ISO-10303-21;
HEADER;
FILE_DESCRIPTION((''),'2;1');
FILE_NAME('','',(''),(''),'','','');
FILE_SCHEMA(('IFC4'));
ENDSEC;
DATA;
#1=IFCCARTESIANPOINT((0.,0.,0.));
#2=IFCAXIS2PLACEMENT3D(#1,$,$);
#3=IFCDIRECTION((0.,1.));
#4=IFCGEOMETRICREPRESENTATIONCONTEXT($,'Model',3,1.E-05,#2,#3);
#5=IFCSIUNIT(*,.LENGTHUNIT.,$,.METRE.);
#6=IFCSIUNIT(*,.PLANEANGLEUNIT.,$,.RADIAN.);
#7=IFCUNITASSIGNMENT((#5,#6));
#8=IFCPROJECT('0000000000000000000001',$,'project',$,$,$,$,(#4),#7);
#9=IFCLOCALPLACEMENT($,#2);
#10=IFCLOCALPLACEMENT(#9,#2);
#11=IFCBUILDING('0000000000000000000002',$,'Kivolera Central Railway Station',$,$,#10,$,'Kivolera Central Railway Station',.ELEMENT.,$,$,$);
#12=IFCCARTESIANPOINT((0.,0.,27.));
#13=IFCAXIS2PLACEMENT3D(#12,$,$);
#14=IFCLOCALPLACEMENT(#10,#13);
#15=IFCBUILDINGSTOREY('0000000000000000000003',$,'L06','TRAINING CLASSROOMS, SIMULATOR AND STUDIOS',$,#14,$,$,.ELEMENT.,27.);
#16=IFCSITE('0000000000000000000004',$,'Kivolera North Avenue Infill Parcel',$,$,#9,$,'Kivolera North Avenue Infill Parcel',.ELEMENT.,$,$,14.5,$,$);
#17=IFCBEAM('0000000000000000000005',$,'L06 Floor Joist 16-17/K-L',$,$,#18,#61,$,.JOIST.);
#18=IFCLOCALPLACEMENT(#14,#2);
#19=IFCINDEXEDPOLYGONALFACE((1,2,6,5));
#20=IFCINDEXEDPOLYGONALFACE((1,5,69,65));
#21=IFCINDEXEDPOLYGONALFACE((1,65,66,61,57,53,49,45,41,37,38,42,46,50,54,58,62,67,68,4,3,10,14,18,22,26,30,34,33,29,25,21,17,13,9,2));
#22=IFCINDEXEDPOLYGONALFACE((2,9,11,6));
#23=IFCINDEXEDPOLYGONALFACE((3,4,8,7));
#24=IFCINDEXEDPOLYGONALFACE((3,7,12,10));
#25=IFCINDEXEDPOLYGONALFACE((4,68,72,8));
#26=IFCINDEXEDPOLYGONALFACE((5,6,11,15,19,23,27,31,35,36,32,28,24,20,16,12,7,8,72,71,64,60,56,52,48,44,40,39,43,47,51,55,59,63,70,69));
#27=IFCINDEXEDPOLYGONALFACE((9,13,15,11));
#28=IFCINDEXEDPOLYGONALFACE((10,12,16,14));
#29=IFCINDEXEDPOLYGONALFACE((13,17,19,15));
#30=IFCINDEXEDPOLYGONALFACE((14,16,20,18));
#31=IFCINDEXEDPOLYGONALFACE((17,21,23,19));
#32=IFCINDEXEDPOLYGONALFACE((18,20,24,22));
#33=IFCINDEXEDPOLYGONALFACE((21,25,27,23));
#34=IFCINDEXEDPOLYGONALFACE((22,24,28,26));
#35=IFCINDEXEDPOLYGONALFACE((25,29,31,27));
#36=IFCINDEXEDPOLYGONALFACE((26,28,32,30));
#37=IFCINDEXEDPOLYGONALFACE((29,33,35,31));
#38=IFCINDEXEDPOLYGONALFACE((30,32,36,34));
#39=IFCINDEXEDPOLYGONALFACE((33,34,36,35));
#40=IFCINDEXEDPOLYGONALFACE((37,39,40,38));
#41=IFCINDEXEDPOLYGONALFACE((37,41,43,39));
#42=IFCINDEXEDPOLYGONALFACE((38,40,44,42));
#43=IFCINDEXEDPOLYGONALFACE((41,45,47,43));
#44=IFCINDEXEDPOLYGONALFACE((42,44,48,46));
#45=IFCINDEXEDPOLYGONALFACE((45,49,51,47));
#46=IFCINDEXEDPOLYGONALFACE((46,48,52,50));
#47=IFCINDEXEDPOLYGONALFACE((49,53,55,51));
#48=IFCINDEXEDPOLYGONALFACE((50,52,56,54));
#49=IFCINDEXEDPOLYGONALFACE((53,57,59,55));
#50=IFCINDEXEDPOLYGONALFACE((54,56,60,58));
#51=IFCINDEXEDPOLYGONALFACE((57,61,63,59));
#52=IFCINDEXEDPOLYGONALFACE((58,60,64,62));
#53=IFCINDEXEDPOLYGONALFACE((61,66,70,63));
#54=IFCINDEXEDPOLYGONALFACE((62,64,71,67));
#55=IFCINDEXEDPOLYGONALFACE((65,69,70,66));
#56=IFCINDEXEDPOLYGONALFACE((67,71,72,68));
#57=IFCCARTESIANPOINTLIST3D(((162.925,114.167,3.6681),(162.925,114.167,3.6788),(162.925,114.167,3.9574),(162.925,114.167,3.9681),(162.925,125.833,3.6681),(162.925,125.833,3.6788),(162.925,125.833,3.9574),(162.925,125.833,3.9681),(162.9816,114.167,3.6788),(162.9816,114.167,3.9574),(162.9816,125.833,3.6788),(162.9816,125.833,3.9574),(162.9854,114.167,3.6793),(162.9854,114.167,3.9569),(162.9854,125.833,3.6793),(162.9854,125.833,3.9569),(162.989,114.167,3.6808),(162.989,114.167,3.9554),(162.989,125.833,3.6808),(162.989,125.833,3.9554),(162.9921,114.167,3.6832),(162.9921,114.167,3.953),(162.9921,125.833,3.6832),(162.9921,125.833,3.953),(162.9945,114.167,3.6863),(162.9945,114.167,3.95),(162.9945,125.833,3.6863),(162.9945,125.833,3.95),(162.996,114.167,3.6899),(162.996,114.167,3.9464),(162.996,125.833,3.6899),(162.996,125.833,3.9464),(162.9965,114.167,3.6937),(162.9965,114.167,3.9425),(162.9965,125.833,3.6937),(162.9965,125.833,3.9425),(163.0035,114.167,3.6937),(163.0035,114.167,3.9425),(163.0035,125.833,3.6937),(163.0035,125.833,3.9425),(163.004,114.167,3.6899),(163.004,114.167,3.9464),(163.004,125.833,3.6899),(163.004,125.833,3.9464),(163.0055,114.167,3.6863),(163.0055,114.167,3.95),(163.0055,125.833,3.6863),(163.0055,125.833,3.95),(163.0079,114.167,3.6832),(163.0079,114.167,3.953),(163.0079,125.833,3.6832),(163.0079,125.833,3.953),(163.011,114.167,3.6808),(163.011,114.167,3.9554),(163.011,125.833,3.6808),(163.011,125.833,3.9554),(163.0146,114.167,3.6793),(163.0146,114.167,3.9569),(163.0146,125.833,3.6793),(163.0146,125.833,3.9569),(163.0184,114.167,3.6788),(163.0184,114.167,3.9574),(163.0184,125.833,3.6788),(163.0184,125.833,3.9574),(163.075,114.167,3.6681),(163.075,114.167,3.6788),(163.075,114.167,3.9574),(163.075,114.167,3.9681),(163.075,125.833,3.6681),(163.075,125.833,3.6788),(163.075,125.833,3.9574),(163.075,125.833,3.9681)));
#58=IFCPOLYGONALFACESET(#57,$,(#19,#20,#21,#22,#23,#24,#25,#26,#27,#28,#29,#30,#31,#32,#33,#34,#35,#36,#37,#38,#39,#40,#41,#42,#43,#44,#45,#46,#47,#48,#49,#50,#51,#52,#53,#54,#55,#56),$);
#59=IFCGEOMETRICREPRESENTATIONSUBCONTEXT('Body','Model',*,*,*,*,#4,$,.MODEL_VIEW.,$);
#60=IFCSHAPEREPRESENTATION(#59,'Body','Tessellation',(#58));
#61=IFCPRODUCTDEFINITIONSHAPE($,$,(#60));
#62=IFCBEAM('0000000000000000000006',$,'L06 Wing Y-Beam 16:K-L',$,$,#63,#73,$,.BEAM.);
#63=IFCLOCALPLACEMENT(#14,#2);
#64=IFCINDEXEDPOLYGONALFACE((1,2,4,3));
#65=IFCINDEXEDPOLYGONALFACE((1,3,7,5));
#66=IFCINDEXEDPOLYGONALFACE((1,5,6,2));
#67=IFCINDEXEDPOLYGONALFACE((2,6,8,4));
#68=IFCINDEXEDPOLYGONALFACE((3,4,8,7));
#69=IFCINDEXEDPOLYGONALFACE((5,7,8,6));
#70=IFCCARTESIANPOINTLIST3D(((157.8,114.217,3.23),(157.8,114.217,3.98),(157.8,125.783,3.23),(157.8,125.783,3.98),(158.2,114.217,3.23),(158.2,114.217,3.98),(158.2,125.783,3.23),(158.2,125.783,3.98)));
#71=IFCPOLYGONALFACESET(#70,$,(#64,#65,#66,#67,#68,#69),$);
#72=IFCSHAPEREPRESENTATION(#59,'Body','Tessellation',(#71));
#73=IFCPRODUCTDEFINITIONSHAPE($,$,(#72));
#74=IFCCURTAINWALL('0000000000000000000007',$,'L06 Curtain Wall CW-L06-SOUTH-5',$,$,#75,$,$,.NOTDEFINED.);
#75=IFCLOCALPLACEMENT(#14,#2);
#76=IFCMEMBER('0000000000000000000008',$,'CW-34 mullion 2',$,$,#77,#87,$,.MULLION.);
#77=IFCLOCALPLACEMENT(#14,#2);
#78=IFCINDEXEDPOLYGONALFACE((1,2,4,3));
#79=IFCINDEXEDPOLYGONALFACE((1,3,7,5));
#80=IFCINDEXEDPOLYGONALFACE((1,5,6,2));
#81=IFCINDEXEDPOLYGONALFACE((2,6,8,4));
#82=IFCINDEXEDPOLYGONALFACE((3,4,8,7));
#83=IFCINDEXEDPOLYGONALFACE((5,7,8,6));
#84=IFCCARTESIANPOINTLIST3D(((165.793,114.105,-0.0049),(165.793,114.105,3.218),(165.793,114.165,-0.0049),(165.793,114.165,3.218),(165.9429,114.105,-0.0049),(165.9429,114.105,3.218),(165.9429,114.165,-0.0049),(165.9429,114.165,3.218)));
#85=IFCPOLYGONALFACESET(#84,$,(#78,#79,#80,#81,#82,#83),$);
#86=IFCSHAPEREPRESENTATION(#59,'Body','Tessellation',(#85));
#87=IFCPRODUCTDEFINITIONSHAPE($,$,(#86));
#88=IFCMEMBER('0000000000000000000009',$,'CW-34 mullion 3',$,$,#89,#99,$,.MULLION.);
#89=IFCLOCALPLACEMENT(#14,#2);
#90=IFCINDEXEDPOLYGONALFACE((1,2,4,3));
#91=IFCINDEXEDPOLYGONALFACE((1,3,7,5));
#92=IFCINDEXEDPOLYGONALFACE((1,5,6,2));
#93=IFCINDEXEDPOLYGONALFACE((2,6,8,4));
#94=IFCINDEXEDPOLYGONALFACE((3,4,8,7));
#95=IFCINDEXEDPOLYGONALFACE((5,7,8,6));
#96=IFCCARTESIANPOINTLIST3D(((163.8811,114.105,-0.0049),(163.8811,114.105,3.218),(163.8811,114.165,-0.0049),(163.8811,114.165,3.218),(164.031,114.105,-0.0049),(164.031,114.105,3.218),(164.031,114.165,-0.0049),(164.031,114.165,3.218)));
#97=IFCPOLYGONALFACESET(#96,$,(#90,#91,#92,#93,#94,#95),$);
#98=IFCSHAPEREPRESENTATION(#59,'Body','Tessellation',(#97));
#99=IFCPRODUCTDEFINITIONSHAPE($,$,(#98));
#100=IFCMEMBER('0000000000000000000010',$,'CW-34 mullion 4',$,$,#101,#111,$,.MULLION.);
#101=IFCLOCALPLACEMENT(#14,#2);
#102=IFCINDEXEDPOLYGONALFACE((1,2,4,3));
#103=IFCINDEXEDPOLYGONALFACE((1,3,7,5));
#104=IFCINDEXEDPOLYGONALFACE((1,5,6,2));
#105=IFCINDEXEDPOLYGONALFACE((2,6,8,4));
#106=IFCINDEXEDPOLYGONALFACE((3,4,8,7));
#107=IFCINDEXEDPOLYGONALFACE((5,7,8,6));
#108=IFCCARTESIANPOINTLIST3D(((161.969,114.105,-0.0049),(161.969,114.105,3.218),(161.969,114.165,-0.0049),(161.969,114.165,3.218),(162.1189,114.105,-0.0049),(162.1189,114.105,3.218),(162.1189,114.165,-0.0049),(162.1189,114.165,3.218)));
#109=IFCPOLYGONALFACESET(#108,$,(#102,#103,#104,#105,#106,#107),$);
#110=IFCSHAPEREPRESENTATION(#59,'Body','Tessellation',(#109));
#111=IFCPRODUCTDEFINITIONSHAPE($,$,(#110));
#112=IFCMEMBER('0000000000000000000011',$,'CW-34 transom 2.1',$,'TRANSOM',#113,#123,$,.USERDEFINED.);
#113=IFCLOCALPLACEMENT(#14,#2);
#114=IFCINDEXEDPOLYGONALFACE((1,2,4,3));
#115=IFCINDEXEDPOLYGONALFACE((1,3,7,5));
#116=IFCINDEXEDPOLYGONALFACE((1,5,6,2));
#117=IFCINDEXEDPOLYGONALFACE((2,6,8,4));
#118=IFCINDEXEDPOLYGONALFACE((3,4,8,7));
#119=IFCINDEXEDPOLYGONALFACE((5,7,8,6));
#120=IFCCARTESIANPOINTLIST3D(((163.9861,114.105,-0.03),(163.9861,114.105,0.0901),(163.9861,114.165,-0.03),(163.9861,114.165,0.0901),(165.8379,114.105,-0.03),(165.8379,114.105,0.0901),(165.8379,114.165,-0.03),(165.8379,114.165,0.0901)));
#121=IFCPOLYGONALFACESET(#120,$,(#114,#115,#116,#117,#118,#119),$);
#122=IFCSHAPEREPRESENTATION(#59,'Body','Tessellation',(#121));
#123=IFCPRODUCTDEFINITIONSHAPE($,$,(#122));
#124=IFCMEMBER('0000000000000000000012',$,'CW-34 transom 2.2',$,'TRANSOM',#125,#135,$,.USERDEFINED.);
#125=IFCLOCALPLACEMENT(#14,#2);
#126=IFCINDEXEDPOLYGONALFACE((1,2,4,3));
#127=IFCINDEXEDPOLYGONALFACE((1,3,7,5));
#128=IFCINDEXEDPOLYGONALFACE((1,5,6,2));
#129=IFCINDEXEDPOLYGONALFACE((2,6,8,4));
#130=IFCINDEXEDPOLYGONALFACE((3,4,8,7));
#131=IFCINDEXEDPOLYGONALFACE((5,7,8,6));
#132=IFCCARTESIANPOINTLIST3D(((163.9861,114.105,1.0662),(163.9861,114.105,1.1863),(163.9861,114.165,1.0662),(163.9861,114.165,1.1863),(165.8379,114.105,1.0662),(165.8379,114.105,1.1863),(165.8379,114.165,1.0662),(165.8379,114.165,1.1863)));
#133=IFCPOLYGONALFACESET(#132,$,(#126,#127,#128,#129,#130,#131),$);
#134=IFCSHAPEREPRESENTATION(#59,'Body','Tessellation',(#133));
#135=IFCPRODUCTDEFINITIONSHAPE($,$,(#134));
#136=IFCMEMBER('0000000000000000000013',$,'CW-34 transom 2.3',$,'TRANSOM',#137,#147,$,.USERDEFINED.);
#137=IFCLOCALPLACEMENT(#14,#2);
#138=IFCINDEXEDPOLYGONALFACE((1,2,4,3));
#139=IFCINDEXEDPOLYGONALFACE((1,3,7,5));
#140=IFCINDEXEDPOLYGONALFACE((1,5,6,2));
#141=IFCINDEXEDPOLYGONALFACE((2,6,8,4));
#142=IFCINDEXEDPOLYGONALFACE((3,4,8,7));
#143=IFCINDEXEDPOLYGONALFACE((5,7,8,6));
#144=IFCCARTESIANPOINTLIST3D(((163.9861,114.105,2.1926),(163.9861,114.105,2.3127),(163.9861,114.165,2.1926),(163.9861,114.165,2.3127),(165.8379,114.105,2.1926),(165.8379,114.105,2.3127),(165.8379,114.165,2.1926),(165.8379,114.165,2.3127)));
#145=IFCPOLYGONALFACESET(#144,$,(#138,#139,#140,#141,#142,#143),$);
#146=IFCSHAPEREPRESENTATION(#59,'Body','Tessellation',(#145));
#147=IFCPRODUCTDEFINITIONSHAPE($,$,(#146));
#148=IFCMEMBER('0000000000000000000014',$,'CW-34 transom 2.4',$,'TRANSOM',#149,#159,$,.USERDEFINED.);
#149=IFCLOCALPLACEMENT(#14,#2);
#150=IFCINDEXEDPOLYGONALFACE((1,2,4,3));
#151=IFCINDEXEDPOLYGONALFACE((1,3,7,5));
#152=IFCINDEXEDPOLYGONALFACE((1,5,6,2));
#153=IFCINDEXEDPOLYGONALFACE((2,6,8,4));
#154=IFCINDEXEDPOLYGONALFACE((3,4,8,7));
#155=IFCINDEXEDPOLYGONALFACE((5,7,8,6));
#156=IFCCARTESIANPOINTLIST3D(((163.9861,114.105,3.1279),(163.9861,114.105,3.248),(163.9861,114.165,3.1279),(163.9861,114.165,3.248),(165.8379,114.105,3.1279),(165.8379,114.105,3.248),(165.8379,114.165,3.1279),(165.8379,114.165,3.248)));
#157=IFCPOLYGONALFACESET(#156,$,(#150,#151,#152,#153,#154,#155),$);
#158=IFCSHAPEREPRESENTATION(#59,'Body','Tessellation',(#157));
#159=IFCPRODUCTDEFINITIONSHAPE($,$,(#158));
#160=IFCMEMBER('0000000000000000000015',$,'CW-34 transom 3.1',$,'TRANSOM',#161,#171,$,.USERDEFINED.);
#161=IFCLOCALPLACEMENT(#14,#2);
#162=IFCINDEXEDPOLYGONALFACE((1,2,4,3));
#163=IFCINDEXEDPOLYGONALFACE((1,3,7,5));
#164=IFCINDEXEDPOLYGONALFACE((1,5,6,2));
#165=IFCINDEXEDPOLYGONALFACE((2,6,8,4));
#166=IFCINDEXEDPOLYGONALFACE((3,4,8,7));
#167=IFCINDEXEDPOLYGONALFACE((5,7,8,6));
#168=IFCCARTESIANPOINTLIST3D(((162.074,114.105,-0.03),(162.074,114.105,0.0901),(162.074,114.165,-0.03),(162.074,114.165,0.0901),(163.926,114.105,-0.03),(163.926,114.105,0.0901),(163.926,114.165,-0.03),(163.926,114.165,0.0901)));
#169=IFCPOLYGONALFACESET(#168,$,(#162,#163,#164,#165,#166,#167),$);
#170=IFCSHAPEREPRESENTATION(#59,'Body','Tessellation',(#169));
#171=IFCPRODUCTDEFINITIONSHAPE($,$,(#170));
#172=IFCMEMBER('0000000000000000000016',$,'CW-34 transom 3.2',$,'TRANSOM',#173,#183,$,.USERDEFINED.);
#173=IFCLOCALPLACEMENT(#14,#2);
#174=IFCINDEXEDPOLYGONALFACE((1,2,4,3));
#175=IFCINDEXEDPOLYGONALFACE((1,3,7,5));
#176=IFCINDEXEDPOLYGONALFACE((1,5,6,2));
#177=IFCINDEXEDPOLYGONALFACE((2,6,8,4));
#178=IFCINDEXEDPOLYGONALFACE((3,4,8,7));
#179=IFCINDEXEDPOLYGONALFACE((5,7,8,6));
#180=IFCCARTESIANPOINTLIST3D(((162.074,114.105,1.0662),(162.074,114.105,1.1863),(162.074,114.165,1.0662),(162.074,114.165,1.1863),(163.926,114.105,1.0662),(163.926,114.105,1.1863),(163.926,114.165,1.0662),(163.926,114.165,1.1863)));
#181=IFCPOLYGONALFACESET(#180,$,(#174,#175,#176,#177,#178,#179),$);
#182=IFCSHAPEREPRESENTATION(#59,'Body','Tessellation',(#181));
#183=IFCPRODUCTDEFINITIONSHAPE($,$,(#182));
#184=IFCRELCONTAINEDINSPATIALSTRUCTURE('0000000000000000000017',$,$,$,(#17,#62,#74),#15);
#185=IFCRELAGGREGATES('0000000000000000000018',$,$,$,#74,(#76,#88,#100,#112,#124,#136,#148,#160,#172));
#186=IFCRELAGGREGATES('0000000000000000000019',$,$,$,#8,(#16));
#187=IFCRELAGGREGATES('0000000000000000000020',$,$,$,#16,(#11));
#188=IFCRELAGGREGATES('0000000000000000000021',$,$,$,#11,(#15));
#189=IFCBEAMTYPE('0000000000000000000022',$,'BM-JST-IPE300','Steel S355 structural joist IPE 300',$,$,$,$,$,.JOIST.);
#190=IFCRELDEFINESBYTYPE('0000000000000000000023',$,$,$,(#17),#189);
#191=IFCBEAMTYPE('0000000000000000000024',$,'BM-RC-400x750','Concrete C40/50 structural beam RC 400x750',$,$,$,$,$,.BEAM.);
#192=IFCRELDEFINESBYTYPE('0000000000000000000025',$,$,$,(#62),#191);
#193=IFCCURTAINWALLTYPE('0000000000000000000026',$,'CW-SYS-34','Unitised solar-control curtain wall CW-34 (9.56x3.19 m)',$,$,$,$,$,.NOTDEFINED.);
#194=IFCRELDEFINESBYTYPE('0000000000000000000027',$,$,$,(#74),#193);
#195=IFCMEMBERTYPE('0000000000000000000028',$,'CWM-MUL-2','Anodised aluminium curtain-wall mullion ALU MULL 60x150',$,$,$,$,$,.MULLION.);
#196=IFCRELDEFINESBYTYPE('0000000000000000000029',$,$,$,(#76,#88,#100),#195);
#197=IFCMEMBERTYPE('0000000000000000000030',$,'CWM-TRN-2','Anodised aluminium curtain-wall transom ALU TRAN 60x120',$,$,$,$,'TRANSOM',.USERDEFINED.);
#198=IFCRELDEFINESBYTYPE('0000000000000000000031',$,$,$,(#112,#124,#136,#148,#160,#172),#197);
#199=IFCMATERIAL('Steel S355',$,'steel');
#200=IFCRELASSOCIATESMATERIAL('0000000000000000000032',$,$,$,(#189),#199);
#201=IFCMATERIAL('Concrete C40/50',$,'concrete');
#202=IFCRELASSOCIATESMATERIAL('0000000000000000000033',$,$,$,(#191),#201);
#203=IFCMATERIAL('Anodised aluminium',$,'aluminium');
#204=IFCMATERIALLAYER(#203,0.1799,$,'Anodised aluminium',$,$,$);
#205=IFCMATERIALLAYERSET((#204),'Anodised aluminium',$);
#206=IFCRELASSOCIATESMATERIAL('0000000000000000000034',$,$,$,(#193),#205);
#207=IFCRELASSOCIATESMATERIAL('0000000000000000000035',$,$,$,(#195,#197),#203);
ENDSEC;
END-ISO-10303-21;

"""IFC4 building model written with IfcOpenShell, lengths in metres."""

from ifc_helpers import new_model, si_unit, direction, frame, origin, origin_2d, place, context, subcontext, project, spatial, rectangle, i_section, extrude, material, layer, layer_set, material_profile, profile_set, type_object, element, aggregate, save


model = new_model("IFC4")

# Units and contexts
model_context = context("Model", 3, precision=1e-05, world=origin(), true_north=direction((0.0, 1.0)))
body_context = subcontext(model_context, "Body", "Model", "MODEL_VIEW")
ifc_project = project(units=[si_unit("LENGTHUNIT", "METRE"), si_unit("PLANEANGLEUNIT", "RADIAN")], contexts=[model_context])

# Site, building, storey
site_placement = place(None, origin())
site = spatial("IfcSite", under=ifc_project, at=site_placement, Name="Kivolera North Avenue Infill Parcel", LongName="Kivolera North Avenue Infill Parcel", CompositionType="ELEMENT", RefElevation=14.5)
building_placement = place(site_placement, origin())
building = spatial("IfcBuilding", under=site, at=building_placement, Name="Kivolera Central Railway Station", LongName="Kivolera Central Railway Station", CompositionType="ELEMENT")
storey_placement = place(building_placement, frame((0.0, 0.0, 27.0)))
storey = spatial("IfcBuildingStorey", under=building, at=storey_placement, Name="L06", Description="TRAINING CLASSROOMS, SIMULATOR AND STUDIOS", CompositionType="ELEMENT", Elevation=27.0)

# Beams
ifc_material_1 = material(Name="Steel S355", Category="steel")
ifc_material_profile_1 = material_profile(ifc_material_1, i_section(OverallWidth=0.1499, OverallDepth=0.3, WebThickness=0.0071, FlangeThickness=0.0107, FilletRadius=0.0149, at=origin_2d()), Name="IPE 300")
ifc_profile_set_1 = profile_set([ifc_material_profile_1], Name="Steel S355")
beam_type_1 = type_object("IfcBeamType", Name="BM-JST-IPE300", Description="Steel S355 structural joist IPE 300", PredefinedType="JOIST", material=ifc_profile_set_1)
beam_1_placement = place(storey_placement, frame((163.0, 114.167, 3.8181), z_axis=(0.0, 1.0, 0.0), x_axis=(-1.0, 0.0, 0.0)))
element("IfcBeam", 1, at=beam_1_placement, inside=storey, type_object=beam_type_1, Name="L06 Floor Joist 16-17/K-L", PredefinedType="JOIST", context=body_context, shape_type="SweptSolid", body=[
    extrude(i_section(OverallWidth=0.1499, OverallDepth=0.3, WebThickness=0.0071, FlangeThickness=0.0107, FilletRadius=0.0149, at=origin_2d()), origin(), (0.0, 0.0, 1.0), 11.666),
])
ifc_material_2 = material(Name="Concrete C40/50", Category="concrete")
ifc_material_profile_2 = material_profile(ifc_material_2, rectangle(XDim=0.3999, YDim=0.75, at=origin_2d()), Name="RC 400x750")
ifc_profile_set_2 = profile_set([ifc_material_profile_2], Name="Concrete C40/50")
beam_type_2 = type_object("IfcBeamType", Name="BM-RC-400x750", Description="Concrete C40/50 structural beam RC 400x750", PredefinedType="BEAM", material=ifc_profile_set_2)
beam_2_placement = place(storey_placement, frame((158.0, 114.217, 3.605), z_axis=(0.0, 1.0, 0.0), x_axis=(-1.0, 0.0, 0.0)))
element("IfcBeam", 2, at=beam_2_placement, inside=storey, type_object=beam_type_2, Name="L06 Wing Y-Beam 16:K-L", PredefinedType="BEAM", context=body_context, shape_type="SweptSolid", body=[
    extrude(rectangle(XDim=0.3999, YDim=0.75, at=origin_2d()), origin(), (0.0, 0.0, 1.0), 11.5659),
])

# Curtain wall, members
ifc_material_3 = material(Name="Anodised aluminium", Category="aluminium")
ifc_layer_1 = layer(ifc_material_3, 0.1799, Name="Anodised aluminium")
ifc_layer_set_1 = layer_set([ifc_layer_1], Name="Anodised aluminium")
curtain_wall_type = type_object("IfcCurtainWallType", Name="CW-SYS-34", Description="Unitised solar-control curtain wall CW-34 (9.56x3.19 m)", PredefinedType="NOTDEFINED", material=ifc_layer_set_1)
curtain_wall_placement = place(storey_placement, origin())
curtain_wall = element("IfcCurtainWall", 3, at=curtain_wall_placement, inside=storey, type_object=curtain_wall_type, Name="L06 Curtain Wall CW-L06-SOUTH-5", PredefinedType="NOTDEFINED")
ifc_material_profile_3 = material_profile(ifc_material_3, rectangle(XDim=0.0601, YDim=0.1499, at=origin_2d()), Name="ALU MULL 60x150")
ifc_profile_set_3 = profile_set([ifc_material_profile_3], Name="Anodised aluminium")
member_type_1 = type_object("IfcMemberType", Name="CWM-MUL-2", Description="Anodised aluminium curtain-wall mullion ALU MULL 60x150", PredefinedType="MULLION", material=ifc_profile_set_3)
member_1_placement = place(storey_placement, frame((165.8679, 114.135, -0.0049), z_axis=(0.0, 0.0, 1.0), x_axis=(0.0, -1.0, 0.0)))
member_1 = element("IfcMember", 4, at=member_1_placement, type_object=member_type_1, Name="CW-34 mullion 2", PredefinedType="MULLION", context=body_context, shape_type="SweptSolid", body=[
    extrude(rectangle(XDim=0.0601, YDim=0.1499, at=origin_2d()), origin(), (0.0, 0.0, 1.0), 3.2229),
])
member_2_placement = place(storey_placement, frame((163.9561, 114.135, -0.0049), z_axis=(0.0, 0.0, 1.0), x_axis=(0.0, -1.0, 0.0)))
member_2 = element("IfcMember", 5, at=member_2_placement, type_object=member_type_1, Name="CW-34 mullion 3", PredefinedType="MULLION", context=body_context, shape_type="SweptSolid", body=[
    extrude(rectangle(XDim=0.0601, YDim=0.1499, at=origin_2d()), origin(), (0.0, 0.0, 1.0), 3.2229),
])
member_3_placement = place(storey_placement, frame((162.0439, 114.135, -0.0049), z_axis=(0.0, 0.0, 1.0), x_axis=(0.0, -1.0, 0.0)))
member_3 = element("IfcMember", 6, at=member_3_placement, type_object=member_type_1, Name="CW-34 mullion 4", PredefinedType="MULLION", context=body_context, shape_type="SweptSolid", body=[
    extrude(rectangle(XDim=0.0601, YDim=0.1499, at=origin_2d()), origin(), (0.0, 0.0, 1.0), 3.2229),
])
ifc_material_profile_4 = material_profile(ifc_material_3, rectangle(XDim=0.0601, YDim=0.1201, at=origin_2d()), Name="ALU TRAN 60x120")
ifc_profile_set_4 = profile_set([ifc_material_profile_4], Name="Anodised aluminium")
member_type_2 = type_object("IfcMemberType", Name="CWM-TRN-2", Description="Anodised aluminium curtain-wall transom ALU TRAN 60x120", ElementType="TRANSOM", PredefinedType="USERDEFINED", material=ifc_profile_set_4)
member_4_placement = place(storey_placement, frame((165.8379, 114.135, 0.03), z_axis=(-1.0, 0.0, 0.0), x_axis=(0.0, -1.0, 0.0)))
member_4 = element("IfcMember", 7, at=member_4_placement, type_object=member_type_2, Name="CW-34 transom 2.1", ObjectType="TRANSOM", PredefinedType="USERDEFINED", context=body_context, shape_type="SweptSolid", body=[
    extrude(rectangle(XDim=0.0601, YDim=0.1201, at=origin_2d()), origin(), (0.0, 0.0, 1.0), 1.8518),
])
member_5_placement = place(storey_placement, frame((165.8379, 114.135, 1.1262), z_axis=(-1.0, 0.0, 0.0), x_axis=(0.0, -1.0, 0.0)))
member_5 = element("IfcMember", 8, at=member_5_placement, type_object=member_type_2, Name="CW-34 transom 2.2", ObjectType="TRANSOM", PredefinedType="USERDEFINED", context=body_context, shape_type="SweptSolid", body=[
    extrude(rectangle(XDim=0.0601, YDim=0.1201, at=origin_2d()), origin(), (0.0, 0.0, 1.0), 1.8518),
])
member_6_placement = place(storey_placement, frame((165.8379, 114.135, 2.2527), z_axis=(-1.0, 0.0, 0.0), x_axis=(0.0, -1.0, 0.0)))
member_6 = element("IfcMember", 9, at=member_6_placement, type_object=member_type_2, Name="CW-34 transom 2.3", ObjectType="TRANSOM", PredefinedType="USERDEFINED", context=body_context, shape_type="SweptSolid", body=[
    extrude(rectangle(XDim=0.0601, YDim=0.1201, at=origin_2d()), origin(), (0.0, 0.0, 1.0), 1.8518),
])
member_7_placement = place(storey_placement, frame((165.8379, 114.135, 3.188), z_axis=(-1.0, 0.0, 0.0), x_axis=(0.0, -1.0, 0.0)))
member_7 = element("IfcMember", 10, at=member_7_placement, type_object=member_type_2, Name="CW-34 transom 2.4", ObjectType="TRANSOM", PredefinedType="USERDEFINED", context=body_context, shape_type="SweptSolid", body=[
    extrude(rectangle(XDim=0.0601, YDim=0.1201, at=origin_2d()), origin(), (0.0, 0.0, 1.0), 1.8518),
])
member_8_placement = place(storey_placement, frame((163.926, 114.135, 0.03), z_axis=(-1.0, 0.0, 0.0), x_axis=(0.0, -1.0, 0.0)))
member_8 = element("IfcMember", 11, at=member_8_placement, type_object=member_type_2, Name="CW-34 transom 3.1", ObjectType="TRANSOM", PredefinedType="USERDEFINED", context=body_context, shape_type="SweptSolid", body=[
    extrude(rectangle(XDim=0.0601, YDim=0.1201, at=origin_2d()), origin(), (0.0, 0.0, 1.0), 1.8521),
])
member_9_placement = place(storey_placement, frame((163.926, 114.135, 1.1262), z_axis=(-1.0, 0.0, 0.0), x_axis=(0.0, -1.0, 0.0)))
member_9 = element("IfcMember", 12, at=member_9_placement, type_object=member_type_2, Name="CW-34 transom 3.2", ObjectType="TRANSOM", PredefinedType="USERDEFINED", context=body_context, shape_type="SweptSolid", body=[
    extrude(rectangle(XDim=0.0601, YDim=0.1201, at=origin_2d()), origin(), (0.0, 0.0, 1.0), 1.8521),
])
aggregate(curtain_wall, [member_1, member_2, member_3, member_4, member_5, member_6, member_7, member_8, member_9])

save(model, "model.ifc")
